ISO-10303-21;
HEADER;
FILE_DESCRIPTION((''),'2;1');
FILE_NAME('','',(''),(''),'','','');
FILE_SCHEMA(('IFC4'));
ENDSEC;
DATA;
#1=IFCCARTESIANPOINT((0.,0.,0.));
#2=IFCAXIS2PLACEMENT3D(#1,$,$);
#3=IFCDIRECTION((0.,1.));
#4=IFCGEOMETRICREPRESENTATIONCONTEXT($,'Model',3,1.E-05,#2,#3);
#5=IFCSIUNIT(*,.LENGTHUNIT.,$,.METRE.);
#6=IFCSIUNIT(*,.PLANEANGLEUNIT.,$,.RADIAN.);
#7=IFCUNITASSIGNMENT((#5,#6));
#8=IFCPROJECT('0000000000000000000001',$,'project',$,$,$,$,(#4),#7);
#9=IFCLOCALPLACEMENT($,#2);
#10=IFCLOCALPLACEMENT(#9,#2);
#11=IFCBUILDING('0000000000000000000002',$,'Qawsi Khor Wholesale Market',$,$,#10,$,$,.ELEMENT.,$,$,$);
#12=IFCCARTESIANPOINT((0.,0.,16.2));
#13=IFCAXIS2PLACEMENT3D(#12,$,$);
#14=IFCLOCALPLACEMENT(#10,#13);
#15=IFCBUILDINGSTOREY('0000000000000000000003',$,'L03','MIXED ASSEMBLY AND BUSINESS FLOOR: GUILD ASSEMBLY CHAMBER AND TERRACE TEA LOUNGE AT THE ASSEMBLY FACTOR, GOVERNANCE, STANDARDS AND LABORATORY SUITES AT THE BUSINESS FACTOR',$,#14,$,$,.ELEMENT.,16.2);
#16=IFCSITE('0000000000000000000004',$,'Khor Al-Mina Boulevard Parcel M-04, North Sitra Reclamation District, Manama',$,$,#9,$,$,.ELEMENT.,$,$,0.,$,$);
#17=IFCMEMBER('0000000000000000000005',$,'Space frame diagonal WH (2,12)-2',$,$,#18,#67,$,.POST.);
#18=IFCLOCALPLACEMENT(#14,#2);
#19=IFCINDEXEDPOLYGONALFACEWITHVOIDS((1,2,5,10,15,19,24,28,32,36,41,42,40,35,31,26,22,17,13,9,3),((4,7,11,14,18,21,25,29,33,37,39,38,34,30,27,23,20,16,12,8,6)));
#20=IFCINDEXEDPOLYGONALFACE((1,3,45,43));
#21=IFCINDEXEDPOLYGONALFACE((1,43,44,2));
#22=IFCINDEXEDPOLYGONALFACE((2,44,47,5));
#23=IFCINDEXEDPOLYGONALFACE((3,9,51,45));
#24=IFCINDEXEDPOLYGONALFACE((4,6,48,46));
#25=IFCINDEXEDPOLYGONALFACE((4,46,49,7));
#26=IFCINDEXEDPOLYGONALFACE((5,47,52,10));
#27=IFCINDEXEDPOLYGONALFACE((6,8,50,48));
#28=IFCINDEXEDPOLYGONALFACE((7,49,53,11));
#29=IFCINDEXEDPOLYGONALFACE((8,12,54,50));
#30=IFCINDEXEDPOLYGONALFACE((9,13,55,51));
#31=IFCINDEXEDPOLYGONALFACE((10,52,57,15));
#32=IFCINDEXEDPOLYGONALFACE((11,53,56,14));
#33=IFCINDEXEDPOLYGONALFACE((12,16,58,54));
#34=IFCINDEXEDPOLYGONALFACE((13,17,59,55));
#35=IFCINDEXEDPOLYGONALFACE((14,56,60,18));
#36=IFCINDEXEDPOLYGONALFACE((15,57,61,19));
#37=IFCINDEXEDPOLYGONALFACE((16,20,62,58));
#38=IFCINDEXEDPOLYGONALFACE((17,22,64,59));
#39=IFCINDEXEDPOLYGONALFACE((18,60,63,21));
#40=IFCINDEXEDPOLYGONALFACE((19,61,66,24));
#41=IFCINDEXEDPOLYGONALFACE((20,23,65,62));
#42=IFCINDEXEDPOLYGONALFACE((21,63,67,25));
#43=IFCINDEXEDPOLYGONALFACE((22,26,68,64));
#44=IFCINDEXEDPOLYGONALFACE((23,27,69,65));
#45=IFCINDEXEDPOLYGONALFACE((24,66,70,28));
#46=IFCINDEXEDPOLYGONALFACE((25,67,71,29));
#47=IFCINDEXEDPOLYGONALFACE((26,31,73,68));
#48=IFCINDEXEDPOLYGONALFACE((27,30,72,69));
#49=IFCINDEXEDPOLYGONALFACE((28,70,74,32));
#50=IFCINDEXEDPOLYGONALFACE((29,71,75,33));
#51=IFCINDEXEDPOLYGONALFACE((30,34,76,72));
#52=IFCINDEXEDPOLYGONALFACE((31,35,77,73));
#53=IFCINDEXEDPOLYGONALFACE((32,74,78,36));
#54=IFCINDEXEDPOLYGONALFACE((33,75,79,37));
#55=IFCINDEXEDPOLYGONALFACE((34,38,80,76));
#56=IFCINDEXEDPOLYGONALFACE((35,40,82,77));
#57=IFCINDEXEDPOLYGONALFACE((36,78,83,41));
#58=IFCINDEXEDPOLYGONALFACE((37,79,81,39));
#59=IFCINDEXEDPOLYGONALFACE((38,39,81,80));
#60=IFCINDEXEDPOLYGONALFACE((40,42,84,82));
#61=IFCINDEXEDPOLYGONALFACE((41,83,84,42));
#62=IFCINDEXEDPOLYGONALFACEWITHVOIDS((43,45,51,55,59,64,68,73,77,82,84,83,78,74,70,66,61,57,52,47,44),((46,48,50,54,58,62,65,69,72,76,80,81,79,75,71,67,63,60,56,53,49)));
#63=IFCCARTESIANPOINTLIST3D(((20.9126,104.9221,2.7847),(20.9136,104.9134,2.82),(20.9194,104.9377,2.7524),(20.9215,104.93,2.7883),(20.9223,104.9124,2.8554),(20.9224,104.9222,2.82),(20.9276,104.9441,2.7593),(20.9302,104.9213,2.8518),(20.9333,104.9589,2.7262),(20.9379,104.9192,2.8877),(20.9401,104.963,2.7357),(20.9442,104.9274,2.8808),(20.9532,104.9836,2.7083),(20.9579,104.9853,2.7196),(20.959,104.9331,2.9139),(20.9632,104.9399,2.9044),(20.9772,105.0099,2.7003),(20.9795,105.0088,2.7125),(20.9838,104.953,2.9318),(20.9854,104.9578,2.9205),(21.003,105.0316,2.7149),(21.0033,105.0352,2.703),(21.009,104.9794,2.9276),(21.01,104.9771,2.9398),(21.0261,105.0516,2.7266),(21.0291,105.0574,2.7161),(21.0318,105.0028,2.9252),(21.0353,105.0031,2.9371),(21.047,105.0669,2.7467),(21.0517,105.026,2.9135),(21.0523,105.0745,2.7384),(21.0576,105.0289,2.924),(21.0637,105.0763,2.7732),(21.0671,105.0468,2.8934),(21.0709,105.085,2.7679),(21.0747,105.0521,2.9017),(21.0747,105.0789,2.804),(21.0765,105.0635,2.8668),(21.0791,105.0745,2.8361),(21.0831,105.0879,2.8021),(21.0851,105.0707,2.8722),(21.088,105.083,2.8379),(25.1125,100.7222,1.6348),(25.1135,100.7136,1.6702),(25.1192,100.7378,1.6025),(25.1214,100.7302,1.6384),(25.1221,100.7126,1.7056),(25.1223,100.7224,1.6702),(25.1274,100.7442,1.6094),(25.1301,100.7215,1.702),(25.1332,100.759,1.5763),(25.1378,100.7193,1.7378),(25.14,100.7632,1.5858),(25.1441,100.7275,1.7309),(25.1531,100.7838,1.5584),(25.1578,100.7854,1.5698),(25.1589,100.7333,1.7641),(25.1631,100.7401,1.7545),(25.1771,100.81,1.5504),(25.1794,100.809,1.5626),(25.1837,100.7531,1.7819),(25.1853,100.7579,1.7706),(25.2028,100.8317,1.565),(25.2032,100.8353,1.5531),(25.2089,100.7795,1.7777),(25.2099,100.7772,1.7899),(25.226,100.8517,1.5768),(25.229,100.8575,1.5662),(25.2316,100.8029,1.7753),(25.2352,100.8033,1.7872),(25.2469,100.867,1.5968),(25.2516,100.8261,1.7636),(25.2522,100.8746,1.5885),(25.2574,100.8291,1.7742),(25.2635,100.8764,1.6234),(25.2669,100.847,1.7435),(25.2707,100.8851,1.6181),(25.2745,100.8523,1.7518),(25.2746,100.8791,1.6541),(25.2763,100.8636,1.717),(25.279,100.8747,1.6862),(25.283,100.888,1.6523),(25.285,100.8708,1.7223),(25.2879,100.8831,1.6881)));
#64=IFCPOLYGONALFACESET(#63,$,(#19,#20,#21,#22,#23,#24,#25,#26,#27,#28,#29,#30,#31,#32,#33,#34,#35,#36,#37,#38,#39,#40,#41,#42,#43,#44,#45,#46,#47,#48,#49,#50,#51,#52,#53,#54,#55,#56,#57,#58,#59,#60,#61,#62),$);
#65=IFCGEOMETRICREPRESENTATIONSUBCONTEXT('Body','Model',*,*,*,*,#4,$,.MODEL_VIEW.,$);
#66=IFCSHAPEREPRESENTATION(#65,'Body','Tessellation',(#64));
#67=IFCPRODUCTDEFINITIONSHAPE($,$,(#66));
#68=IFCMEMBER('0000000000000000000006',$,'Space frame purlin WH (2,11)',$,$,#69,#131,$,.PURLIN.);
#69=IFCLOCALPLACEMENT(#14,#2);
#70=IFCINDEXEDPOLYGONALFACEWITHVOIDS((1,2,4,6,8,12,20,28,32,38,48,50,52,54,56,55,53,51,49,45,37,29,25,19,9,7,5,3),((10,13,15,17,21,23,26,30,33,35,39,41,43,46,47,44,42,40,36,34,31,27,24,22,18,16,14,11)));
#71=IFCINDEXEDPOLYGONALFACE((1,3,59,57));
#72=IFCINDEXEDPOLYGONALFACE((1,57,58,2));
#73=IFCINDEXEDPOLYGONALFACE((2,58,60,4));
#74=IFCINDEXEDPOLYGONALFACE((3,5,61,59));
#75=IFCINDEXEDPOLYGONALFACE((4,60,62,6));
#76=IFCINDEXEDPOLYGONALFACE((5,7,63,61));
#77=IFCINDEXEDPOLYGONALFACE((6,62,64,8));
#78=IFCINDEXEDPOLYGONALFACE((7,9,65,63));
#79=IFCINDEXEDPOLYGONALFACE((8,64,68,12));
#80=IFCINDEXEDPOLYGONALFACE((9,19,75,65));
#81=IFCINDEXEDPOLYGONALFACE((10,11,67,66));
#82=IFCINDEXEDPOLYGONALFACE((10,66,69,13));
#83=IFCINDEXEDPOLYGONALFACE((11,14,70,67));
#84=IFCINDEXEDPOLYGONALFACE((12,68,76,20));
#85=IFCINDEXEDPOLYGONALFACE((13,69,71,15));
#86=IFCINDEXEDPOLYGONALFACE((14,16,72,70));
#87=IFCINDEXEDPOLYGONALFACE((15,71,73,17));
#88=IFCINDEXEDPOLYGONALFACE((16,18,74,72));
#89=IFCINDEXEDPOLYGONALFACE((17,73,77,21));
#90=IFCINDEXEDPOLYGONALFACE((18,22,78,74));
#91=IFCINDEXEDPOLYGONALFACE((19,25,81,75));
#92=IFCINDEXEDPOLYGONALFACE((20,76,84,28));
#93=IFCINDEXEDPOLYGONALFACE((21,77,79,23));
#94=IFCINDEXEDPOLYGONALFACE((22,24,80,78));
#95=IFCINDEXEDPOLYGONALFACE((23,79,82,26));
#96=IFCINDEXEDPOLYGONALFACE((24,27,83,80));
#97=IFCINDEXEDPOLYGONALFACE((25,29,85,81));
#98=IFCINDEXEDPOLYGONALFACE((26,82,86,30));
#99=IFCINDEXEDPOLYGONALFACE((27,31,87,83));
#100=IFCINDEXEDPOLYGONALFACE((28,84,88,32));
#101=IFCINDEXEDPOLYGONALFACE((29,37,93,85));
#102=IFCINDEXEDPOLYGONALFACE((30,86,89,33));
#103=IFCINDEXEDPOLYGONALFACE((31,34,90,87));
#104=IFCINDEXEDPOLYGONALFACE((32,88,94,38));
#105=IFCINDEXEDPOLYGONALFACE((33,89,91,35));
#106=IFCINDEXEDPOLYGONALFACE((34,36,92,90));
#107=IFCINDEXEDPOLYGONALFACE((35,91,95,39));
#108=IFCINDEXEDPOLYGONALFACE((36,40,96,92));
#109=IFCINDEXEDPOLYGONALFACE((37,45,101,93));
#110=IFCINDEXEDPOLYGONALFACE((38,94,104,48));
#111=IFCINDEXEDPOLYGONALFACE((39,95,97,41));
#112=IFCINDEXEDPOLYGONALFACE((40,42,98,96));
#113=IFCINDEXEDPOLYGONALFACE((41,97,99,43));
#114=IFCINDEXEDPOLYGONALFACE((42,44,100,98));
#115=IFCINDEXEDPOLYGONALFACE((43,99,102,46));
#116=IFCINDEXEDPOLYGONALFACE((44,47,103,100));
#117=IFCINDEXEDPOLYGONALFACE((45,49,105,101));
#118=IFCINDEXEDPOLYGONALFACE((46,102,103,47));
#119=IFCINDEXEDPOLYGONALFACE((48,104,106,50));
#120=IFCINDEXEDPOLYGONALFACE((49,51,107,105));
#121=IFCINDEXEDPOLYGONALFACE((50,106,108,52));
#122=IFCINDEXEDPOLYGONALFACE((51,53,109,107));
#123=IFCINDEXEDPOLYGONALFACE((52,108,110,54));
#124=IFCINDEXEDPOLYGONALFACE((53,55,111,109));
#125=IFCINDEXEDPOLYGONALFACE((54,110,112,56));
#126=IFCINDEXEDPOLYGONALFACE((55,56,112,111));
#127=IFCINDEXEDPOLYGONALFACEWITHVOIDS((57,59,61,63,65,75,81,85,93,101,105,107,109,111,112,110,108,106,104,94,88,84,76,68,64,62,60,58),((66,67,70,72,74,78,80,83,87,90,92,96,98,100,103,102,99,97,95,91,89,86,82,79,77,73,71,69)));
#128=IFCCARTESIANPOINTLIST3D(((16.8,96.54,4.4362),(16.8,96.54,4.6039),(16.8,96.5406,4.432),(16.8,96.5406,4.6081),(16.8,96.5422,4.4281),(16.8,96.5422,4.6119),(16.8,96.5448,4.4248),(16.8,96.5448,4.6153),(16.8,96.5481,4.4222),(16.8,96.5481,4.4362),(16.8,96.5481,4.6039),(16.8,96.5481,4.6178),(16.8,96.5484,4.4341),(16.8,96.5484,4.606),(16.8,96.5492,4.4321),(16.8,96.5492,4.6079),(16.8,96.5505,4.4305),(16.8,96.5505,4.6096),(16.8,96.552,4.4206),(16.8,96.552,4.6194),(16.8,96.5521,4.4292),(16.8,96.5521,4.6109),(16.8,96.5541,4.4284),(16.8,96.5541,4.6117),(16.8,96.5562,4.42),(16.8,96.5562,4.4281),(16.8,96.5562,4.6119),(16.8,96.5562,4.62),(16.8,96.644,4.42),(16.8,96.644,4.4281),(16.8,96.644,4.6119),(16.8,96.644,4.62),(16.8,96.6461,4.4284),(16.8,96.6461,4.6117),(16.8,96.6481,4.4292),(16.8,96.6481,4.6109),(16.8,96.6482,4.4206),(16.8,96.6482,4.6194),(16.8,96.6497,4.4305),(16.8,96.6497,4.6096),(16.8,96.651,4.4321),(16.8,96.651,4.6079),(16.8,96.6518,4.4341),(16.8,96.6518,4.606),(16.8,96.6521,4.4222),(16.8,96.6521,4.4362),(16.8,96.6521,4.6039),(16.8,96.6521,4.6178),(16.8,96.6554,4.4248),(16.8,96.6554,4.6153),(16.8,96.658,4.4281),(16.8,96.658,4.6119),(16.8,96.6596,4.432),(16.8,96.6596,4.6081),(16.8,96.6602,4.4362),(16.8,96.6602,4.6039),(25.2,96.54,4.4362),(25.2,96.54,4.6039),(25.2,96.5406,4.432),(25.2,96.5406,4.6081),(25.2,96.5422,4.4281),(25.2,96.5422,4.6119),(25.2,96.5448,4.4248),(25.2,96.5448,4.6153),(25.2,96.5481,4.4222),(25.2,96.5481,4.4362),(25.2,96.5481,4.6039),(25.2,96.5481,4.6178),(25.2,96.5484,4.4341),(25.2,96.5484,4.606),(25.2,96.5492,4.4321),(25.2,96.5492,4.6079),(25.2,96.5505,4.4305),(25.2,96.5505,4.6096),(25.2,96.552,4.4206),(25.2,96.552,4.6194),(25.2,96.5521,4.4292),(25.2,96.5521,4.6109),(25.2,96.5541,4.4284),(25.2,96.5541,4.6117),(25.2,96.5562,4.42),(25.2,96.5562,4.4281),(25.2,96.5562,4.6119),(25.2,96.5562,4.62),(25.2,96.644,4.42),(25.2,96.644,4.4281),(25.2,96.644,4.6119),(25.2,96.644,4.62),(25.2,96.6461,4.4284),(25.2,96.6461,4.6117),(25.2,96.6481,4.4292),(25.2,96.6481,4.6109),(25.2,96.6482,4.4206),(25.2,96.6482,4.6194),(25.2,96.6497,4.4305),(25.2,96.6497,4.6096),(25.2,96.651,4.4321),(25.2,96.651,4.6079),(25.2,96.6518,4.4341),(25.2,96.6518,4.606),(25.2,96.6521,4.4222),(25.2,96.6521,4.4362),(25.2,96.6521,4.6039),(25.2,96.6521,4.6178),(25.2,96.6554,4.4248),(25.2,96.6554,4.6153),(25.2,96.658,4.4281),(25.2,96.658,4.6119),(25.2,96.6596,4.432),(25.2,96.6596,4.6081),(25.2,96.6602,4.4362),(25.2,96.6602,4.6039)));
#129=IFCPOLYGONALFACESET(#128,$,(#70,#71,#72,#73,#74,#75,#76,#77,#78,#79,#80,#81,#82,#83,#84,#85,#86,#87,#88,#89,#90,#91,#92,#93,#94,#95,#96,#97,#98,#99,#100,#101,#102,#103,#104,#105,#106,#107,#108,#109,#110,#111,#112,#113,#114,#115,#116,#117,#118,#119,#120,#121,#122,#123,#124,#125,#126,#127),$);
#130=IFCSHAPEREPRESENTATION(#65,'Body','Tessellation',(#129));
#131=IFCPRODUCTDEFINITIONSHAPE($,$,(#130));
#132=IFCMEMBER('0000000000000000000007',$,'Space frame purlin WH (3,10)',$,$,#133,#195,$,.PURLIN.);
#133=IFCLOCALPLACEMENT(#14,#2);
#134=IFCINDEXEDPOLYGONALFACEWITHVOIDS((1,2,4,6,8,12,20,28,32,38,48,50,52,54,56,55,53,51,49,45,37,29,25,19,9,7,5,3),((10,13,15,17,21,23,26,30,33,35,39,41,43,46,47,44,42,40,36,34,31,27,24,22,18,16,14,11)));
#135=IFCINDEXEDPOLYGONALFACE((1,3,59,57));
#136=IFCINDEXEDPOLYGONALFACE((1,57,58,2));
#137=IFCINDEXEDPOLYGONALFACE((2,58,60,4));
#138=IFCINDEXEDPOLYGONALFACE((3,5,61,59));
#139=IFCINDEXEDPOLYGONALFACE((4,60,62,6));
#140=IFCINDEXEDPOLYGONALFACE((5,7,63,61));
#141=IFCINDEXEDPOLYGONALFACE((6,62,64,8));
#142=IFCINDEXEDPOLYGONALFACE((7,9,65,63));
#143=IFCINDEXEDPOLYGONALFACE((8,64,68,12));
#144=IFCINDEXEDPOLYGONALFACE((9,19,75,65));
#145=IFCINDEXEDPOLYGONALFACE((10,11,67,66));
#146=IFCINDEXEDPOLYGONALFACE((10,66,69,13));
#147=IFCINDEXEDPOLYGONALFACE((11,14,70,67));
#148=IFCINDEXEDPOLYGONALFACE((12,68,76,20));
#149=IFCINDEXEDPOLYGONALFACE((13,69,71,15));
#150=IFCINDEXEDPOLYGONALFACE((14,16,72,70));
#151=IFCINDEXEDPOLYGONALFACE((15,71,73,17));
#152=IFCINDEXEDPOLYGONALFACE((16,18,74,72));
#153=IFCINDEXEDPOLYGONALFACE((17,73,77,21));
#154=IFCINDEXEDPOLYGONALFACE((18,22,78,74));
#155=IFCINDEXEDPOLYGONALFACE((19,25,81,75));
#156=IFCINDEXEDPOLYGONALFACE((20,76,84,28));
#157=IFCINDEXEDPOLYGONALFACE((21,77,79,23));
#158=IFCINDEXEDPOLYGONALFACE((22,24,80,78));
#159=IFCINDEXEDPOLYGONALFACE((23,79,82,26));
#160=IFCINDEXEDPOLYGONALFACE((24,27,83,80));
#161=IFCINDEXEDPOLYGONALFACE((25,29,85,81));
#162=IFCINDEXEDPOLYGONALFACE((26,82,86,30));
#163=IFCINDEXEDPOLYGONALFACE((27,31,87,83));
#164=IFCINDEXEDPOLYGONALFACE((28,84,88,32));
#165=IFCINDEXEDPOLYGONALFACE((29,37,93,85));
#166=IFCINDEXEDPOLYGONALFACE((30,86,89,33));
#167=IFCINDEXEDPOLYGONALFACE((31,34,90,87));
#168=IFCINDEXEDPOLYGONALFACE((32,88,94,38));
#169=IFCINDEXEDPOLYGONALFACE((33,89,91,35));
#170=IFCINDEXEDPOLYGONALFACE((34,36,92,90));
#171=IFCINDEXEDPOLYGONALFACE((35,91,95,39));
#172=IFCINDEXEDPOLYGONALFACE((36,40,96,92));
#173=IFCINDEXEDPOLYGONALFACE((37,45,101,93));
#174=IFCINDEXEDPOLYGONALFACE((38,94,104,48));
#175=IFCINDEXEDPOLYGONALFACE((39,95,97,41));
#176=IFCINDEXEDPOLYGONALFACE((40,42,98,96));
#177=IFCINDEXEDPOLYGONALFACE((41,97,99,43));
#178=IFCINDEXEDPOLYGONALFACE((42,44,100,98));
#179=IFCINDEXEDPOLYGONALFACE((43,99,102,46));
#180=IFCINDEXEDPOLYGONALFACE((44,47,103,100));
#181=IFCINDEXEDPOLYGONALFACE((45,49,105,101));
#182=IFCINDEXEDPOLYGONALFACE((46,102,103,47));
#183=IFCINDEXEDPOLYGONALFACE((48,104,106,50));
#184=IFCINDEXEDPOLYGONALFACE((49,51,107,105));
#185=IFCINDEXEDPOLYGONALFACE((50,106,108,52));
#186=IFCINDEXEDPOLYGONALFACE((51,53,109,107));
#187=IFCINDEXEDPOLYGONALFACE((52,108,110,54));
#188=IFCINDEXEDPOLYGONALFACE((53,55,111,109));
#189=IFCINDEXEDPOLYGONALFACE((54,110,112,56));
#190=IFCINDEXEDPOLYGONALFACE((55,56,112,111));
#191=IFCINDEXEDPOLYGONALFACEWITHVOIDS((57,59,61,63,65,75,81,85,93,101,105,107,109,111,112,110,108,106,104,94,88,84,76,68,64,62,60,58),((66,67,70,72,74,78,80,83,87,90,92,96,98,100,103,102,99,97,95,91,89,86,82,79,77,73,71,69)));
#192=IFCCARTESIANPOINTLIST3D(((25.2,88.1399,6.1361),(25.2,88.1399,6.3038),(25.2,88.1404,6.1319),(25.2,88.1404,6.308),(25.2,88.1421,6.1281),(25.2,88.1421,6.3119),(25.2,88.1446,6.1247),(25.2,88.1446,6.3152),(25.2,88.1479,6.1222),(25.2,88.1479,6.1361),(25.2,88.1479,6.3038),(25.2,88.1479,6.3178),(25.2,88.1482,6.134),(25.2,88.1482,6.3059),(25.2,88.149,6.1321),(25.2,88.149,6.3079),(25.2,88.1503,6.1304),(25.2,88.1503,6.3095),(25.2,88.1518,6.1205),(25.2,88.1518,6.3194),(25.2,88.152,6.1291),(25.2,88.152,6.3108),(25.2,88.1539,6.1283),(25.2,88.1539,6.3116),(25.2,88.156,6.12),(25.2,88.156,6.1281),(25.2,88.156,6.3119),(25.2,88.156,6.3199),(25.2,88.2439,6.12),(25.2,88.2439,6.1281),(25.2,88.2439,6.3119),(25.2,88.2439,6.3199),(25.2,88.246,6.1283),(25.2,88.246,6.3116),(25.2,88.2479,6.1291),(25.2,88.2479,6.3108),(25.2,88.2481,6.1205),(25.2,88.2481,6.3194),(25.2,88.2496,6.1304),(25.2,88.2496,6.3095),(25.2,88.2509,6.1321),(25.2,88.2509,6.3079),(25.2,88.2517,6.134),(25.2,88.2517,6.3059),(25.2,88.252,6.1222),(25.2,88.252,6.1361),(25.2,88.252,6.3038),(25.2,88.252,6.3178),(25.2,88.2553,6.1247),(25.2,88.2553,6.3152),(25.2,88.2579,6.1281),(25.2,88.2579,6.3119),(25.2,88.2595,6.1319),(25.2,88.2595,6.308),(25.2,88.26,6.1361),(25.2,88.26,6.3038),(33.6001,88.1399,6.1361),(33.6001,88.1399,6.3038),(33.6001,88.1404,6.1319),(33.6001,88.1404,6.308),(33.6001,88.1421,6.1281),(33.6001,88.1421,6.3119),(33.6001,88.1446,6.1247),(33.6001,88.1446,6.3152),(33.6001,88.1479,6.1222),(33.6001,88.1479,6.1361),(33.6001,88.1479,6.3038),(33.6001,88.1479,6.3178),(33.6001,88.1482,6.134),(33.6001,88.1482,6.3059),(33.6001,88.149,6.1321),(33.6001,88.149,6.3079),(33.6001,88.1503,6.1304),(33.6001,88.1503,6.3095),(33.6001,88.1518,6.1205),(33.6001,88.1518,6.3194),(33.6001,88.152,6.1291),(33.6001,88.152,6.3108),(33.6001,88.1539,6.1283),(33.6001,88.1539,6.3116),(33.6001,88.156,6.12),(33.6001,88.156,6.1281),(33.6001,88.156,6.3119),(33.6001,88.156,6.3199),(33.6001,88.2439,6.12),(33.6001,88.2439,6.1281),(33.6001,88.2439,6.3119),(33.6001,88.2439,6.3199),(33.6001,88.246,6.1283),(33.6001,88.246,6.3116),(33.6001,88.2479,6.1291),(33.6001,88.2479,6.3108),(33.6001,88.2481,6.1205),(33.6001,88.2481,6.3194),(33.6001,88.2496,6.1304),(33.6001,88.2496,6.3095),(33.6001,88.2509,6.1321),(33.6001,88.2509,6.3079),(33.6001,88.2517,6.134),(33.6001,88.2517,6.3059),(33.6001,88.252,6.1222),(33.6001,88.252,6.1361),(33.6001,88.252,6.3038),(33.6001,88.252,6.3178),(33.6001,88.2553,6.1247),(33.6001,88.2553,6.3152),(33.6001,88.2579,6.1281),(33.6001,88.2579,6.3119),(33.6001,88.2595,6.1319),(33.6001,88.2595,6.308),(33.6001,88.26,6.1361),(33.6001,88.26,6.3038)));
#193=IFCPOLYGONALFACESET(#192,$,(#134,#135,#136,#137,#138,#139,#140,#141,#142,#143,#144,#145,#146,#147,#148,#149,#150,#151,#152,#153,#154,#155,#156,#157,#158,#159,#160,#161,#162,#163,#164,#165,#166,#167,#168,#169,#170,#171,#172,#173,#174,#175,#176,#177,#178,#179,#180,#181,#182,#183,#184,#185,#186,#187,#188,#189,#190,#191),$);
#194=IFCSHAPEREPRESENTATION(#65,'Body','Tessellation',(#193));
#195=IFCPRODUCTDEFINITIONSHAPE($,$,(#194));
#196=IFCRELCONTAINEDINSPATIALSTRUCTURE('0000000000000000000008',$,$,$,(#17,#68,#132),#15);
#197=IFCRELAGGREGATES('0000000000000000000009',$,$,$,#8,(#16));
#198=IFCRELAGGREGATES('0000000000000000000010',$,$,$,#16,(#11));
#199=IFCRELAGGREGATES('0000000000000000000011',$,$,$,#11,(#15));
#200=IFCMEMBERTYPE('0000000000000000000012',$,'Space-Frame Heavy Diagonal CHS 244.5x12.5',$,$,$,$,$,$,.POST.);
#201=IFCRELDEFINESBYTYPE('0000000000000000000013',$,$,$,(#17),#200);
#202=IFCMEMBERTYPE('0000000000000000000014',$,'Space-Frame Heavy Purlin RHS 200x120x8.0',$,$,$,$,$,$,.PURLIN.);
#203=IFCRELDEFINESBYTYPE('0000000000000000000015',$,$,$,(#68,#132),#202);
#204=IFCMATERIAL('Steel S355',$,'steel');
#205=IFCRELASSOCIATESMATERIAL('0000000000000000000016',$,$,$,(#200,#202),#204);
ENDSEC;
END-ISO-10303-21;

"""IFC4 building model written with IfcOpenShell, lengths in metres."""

from ifc_helpers import new_model, si_unit, direction, frame, origin, origin_2d, place, context, subcontext, project, spatial, hollow_rectangle, hollow_circle, extrude, material, material_profile, profile_set, type_object, element, save


model = new_model("IFC4")

# Units and contexts
model_context = context("Model", 3, precision=1e-05, world=origin(), true_north=direction((0.0, 1.0)))
body_context = subcontext(model_context, "Body", "Model", "MODEL_VIEW")
ifc_project = project(units=[si_unit("LENGTHUNIT", "METRE"), si_unit("PLANEANGLEUNIT", "RADIAN")], contexts=[model_context])

# Site, building, storey
site_placement = place(None, origin())
site = spatial("IfcSite", under=ifc_project, at=site_placement, Name="Khor Al-Mina Boulevard Parcel M-04, North Sitra Reclamation District, Manama", CompositionType="ELEMENT", RefElevation=0.0)
building_placement = place(site_placement, origin())
building = spatial("IfcBuilding", under=site, at=building_placement, Name="Qawsi Khor Wholesale Market", CompositionType="ELEMENT")
storey_placement = place(building_placement, frame((0.0, 0.0, 16.2)))
storey = spatial("IfcBuildingStorey", under=building, at=storey_placement, Name="L03", Description="MIXED ASSEMBLY AND BUSINESS FLOOR: GUILD ASSEMBLY CHAMBER AND TERRACE TEA LOUNGE AT THE ASSEMBLY FACTOR, GOVERNANCE, STANDARDS AND LABORATORY SUITES AT THE BUSINESS FACTOR", CompositionType="ELEMENT", Elevation=16.2)

# Members
ifc_material_1 = material(Name="Steel S355", Category="steel")
ifc_material_profile_1 = material_profile(ifc_material_1, hollow_circle(Radius=0.1223, WallThickness=0.0125, at=origin_2d()), Name="CHS 244.5x12.5")
ifc_profile_set_1 = profile_set([ifc_material_profile_1], Name="Steel S355")
member_type_1 = type_object("IfcMemberType", Name="Space-Frame Heavy Diagonal CHS 244.5x12.5", PredefinedType="POST", material=ifc_profile_set_1)
for number, where, z_axis, x_axis, name in (
    (1, (25.2, 100.8, 1.6702), (-0.694217, 0.694217, 0.190069), (-0.707107, -0.707107, 0.0), "Space frame diagonal WH (2,12)-2"),
):
    element("IfcMember", number, at=place(storey_placement, frame(where, z_axis=z_axis, x_axis=x_axis)), inside=storey, type_object=member_type_1, Name=name, PredefinedType="POST", context=body_context, shape_type="SweptSolid", body=[
        extrude(hollow_circle(Radius=0.1223, WallThickness=0.0125, at=origin_2d()), origin(), (0.0, 0.0, 1.0), 6.0498),
    ])
ifc_material_profile_2 = material_profile(ifc_material_1, hollow_rectangle(XDim=0.1201, YDim=0.2, WallThickness=0.0081, InnerFilletRadius=0.0081, OuterFilletRadius=0.0161, at=origin_2d()), Name="RHS 200x120x8.0")
ifc_profile_set_2 = profile_set([ifc_material_profile_2], Name="Steel S355")
member_type_2 = type_object("IfcMemberType", Name="Space-Frame Heavy Purlin RHS 200x120x8.0", PredefinedType="PURLIN", material=ifc_profile_set_2)
member_1_placement = place(storey_placement, frame((16.8, 96.6001, 4.52), z_axis=(1.0, 0.0, 0.0), x_axis=(0.0, 1.0, 0.0)))
element("IfcMember", 2, at=member_1_placement, inside=storey, type_object=member_type_2, Name="Space frame purlin WH (2,11)", PredefinedType="PURLIN", context=body_context, shape_type="SweptSolid", body=[
    extrude(hollow_rectangle(XDim=0.1201, YDim=0.2, WallThickness=0.0081, InnerFilletRadius=0.0081, OuterFilletRadius=0.0161, at=origin_2d()), origin(), (0.0, 0.0, 1.0), 8.3999),
])
for number, where, z_axis, x_axis, name in (
    (3, (25.2, 88.2, 6.22), (1.0, 0.0, 0.0), (0.0, 1.0, 0.0), "Space frame purlin WH (3,10)"),
):
    element("IfcMember", number, at=place(storey_placement, frame(where, z_axis=z_axis, x_axis=x_axis)), inside=storey, type_object=member_type_2, Name=name, PredefinedType="PURLIN", context=body_context, shape_type="SweptSolid", body=[
        extrude(hollow_rectangle(XDim=0.1201, YDim=0.2, WallThickness=0.0081, InnerFilletRadius=0.0081, OuterFilletRadius=0.0161, at=origin_2d()), origin(), (0.0, 0.0, 1.0), 8.4001),
    ])

save(model, "model.ifc")
